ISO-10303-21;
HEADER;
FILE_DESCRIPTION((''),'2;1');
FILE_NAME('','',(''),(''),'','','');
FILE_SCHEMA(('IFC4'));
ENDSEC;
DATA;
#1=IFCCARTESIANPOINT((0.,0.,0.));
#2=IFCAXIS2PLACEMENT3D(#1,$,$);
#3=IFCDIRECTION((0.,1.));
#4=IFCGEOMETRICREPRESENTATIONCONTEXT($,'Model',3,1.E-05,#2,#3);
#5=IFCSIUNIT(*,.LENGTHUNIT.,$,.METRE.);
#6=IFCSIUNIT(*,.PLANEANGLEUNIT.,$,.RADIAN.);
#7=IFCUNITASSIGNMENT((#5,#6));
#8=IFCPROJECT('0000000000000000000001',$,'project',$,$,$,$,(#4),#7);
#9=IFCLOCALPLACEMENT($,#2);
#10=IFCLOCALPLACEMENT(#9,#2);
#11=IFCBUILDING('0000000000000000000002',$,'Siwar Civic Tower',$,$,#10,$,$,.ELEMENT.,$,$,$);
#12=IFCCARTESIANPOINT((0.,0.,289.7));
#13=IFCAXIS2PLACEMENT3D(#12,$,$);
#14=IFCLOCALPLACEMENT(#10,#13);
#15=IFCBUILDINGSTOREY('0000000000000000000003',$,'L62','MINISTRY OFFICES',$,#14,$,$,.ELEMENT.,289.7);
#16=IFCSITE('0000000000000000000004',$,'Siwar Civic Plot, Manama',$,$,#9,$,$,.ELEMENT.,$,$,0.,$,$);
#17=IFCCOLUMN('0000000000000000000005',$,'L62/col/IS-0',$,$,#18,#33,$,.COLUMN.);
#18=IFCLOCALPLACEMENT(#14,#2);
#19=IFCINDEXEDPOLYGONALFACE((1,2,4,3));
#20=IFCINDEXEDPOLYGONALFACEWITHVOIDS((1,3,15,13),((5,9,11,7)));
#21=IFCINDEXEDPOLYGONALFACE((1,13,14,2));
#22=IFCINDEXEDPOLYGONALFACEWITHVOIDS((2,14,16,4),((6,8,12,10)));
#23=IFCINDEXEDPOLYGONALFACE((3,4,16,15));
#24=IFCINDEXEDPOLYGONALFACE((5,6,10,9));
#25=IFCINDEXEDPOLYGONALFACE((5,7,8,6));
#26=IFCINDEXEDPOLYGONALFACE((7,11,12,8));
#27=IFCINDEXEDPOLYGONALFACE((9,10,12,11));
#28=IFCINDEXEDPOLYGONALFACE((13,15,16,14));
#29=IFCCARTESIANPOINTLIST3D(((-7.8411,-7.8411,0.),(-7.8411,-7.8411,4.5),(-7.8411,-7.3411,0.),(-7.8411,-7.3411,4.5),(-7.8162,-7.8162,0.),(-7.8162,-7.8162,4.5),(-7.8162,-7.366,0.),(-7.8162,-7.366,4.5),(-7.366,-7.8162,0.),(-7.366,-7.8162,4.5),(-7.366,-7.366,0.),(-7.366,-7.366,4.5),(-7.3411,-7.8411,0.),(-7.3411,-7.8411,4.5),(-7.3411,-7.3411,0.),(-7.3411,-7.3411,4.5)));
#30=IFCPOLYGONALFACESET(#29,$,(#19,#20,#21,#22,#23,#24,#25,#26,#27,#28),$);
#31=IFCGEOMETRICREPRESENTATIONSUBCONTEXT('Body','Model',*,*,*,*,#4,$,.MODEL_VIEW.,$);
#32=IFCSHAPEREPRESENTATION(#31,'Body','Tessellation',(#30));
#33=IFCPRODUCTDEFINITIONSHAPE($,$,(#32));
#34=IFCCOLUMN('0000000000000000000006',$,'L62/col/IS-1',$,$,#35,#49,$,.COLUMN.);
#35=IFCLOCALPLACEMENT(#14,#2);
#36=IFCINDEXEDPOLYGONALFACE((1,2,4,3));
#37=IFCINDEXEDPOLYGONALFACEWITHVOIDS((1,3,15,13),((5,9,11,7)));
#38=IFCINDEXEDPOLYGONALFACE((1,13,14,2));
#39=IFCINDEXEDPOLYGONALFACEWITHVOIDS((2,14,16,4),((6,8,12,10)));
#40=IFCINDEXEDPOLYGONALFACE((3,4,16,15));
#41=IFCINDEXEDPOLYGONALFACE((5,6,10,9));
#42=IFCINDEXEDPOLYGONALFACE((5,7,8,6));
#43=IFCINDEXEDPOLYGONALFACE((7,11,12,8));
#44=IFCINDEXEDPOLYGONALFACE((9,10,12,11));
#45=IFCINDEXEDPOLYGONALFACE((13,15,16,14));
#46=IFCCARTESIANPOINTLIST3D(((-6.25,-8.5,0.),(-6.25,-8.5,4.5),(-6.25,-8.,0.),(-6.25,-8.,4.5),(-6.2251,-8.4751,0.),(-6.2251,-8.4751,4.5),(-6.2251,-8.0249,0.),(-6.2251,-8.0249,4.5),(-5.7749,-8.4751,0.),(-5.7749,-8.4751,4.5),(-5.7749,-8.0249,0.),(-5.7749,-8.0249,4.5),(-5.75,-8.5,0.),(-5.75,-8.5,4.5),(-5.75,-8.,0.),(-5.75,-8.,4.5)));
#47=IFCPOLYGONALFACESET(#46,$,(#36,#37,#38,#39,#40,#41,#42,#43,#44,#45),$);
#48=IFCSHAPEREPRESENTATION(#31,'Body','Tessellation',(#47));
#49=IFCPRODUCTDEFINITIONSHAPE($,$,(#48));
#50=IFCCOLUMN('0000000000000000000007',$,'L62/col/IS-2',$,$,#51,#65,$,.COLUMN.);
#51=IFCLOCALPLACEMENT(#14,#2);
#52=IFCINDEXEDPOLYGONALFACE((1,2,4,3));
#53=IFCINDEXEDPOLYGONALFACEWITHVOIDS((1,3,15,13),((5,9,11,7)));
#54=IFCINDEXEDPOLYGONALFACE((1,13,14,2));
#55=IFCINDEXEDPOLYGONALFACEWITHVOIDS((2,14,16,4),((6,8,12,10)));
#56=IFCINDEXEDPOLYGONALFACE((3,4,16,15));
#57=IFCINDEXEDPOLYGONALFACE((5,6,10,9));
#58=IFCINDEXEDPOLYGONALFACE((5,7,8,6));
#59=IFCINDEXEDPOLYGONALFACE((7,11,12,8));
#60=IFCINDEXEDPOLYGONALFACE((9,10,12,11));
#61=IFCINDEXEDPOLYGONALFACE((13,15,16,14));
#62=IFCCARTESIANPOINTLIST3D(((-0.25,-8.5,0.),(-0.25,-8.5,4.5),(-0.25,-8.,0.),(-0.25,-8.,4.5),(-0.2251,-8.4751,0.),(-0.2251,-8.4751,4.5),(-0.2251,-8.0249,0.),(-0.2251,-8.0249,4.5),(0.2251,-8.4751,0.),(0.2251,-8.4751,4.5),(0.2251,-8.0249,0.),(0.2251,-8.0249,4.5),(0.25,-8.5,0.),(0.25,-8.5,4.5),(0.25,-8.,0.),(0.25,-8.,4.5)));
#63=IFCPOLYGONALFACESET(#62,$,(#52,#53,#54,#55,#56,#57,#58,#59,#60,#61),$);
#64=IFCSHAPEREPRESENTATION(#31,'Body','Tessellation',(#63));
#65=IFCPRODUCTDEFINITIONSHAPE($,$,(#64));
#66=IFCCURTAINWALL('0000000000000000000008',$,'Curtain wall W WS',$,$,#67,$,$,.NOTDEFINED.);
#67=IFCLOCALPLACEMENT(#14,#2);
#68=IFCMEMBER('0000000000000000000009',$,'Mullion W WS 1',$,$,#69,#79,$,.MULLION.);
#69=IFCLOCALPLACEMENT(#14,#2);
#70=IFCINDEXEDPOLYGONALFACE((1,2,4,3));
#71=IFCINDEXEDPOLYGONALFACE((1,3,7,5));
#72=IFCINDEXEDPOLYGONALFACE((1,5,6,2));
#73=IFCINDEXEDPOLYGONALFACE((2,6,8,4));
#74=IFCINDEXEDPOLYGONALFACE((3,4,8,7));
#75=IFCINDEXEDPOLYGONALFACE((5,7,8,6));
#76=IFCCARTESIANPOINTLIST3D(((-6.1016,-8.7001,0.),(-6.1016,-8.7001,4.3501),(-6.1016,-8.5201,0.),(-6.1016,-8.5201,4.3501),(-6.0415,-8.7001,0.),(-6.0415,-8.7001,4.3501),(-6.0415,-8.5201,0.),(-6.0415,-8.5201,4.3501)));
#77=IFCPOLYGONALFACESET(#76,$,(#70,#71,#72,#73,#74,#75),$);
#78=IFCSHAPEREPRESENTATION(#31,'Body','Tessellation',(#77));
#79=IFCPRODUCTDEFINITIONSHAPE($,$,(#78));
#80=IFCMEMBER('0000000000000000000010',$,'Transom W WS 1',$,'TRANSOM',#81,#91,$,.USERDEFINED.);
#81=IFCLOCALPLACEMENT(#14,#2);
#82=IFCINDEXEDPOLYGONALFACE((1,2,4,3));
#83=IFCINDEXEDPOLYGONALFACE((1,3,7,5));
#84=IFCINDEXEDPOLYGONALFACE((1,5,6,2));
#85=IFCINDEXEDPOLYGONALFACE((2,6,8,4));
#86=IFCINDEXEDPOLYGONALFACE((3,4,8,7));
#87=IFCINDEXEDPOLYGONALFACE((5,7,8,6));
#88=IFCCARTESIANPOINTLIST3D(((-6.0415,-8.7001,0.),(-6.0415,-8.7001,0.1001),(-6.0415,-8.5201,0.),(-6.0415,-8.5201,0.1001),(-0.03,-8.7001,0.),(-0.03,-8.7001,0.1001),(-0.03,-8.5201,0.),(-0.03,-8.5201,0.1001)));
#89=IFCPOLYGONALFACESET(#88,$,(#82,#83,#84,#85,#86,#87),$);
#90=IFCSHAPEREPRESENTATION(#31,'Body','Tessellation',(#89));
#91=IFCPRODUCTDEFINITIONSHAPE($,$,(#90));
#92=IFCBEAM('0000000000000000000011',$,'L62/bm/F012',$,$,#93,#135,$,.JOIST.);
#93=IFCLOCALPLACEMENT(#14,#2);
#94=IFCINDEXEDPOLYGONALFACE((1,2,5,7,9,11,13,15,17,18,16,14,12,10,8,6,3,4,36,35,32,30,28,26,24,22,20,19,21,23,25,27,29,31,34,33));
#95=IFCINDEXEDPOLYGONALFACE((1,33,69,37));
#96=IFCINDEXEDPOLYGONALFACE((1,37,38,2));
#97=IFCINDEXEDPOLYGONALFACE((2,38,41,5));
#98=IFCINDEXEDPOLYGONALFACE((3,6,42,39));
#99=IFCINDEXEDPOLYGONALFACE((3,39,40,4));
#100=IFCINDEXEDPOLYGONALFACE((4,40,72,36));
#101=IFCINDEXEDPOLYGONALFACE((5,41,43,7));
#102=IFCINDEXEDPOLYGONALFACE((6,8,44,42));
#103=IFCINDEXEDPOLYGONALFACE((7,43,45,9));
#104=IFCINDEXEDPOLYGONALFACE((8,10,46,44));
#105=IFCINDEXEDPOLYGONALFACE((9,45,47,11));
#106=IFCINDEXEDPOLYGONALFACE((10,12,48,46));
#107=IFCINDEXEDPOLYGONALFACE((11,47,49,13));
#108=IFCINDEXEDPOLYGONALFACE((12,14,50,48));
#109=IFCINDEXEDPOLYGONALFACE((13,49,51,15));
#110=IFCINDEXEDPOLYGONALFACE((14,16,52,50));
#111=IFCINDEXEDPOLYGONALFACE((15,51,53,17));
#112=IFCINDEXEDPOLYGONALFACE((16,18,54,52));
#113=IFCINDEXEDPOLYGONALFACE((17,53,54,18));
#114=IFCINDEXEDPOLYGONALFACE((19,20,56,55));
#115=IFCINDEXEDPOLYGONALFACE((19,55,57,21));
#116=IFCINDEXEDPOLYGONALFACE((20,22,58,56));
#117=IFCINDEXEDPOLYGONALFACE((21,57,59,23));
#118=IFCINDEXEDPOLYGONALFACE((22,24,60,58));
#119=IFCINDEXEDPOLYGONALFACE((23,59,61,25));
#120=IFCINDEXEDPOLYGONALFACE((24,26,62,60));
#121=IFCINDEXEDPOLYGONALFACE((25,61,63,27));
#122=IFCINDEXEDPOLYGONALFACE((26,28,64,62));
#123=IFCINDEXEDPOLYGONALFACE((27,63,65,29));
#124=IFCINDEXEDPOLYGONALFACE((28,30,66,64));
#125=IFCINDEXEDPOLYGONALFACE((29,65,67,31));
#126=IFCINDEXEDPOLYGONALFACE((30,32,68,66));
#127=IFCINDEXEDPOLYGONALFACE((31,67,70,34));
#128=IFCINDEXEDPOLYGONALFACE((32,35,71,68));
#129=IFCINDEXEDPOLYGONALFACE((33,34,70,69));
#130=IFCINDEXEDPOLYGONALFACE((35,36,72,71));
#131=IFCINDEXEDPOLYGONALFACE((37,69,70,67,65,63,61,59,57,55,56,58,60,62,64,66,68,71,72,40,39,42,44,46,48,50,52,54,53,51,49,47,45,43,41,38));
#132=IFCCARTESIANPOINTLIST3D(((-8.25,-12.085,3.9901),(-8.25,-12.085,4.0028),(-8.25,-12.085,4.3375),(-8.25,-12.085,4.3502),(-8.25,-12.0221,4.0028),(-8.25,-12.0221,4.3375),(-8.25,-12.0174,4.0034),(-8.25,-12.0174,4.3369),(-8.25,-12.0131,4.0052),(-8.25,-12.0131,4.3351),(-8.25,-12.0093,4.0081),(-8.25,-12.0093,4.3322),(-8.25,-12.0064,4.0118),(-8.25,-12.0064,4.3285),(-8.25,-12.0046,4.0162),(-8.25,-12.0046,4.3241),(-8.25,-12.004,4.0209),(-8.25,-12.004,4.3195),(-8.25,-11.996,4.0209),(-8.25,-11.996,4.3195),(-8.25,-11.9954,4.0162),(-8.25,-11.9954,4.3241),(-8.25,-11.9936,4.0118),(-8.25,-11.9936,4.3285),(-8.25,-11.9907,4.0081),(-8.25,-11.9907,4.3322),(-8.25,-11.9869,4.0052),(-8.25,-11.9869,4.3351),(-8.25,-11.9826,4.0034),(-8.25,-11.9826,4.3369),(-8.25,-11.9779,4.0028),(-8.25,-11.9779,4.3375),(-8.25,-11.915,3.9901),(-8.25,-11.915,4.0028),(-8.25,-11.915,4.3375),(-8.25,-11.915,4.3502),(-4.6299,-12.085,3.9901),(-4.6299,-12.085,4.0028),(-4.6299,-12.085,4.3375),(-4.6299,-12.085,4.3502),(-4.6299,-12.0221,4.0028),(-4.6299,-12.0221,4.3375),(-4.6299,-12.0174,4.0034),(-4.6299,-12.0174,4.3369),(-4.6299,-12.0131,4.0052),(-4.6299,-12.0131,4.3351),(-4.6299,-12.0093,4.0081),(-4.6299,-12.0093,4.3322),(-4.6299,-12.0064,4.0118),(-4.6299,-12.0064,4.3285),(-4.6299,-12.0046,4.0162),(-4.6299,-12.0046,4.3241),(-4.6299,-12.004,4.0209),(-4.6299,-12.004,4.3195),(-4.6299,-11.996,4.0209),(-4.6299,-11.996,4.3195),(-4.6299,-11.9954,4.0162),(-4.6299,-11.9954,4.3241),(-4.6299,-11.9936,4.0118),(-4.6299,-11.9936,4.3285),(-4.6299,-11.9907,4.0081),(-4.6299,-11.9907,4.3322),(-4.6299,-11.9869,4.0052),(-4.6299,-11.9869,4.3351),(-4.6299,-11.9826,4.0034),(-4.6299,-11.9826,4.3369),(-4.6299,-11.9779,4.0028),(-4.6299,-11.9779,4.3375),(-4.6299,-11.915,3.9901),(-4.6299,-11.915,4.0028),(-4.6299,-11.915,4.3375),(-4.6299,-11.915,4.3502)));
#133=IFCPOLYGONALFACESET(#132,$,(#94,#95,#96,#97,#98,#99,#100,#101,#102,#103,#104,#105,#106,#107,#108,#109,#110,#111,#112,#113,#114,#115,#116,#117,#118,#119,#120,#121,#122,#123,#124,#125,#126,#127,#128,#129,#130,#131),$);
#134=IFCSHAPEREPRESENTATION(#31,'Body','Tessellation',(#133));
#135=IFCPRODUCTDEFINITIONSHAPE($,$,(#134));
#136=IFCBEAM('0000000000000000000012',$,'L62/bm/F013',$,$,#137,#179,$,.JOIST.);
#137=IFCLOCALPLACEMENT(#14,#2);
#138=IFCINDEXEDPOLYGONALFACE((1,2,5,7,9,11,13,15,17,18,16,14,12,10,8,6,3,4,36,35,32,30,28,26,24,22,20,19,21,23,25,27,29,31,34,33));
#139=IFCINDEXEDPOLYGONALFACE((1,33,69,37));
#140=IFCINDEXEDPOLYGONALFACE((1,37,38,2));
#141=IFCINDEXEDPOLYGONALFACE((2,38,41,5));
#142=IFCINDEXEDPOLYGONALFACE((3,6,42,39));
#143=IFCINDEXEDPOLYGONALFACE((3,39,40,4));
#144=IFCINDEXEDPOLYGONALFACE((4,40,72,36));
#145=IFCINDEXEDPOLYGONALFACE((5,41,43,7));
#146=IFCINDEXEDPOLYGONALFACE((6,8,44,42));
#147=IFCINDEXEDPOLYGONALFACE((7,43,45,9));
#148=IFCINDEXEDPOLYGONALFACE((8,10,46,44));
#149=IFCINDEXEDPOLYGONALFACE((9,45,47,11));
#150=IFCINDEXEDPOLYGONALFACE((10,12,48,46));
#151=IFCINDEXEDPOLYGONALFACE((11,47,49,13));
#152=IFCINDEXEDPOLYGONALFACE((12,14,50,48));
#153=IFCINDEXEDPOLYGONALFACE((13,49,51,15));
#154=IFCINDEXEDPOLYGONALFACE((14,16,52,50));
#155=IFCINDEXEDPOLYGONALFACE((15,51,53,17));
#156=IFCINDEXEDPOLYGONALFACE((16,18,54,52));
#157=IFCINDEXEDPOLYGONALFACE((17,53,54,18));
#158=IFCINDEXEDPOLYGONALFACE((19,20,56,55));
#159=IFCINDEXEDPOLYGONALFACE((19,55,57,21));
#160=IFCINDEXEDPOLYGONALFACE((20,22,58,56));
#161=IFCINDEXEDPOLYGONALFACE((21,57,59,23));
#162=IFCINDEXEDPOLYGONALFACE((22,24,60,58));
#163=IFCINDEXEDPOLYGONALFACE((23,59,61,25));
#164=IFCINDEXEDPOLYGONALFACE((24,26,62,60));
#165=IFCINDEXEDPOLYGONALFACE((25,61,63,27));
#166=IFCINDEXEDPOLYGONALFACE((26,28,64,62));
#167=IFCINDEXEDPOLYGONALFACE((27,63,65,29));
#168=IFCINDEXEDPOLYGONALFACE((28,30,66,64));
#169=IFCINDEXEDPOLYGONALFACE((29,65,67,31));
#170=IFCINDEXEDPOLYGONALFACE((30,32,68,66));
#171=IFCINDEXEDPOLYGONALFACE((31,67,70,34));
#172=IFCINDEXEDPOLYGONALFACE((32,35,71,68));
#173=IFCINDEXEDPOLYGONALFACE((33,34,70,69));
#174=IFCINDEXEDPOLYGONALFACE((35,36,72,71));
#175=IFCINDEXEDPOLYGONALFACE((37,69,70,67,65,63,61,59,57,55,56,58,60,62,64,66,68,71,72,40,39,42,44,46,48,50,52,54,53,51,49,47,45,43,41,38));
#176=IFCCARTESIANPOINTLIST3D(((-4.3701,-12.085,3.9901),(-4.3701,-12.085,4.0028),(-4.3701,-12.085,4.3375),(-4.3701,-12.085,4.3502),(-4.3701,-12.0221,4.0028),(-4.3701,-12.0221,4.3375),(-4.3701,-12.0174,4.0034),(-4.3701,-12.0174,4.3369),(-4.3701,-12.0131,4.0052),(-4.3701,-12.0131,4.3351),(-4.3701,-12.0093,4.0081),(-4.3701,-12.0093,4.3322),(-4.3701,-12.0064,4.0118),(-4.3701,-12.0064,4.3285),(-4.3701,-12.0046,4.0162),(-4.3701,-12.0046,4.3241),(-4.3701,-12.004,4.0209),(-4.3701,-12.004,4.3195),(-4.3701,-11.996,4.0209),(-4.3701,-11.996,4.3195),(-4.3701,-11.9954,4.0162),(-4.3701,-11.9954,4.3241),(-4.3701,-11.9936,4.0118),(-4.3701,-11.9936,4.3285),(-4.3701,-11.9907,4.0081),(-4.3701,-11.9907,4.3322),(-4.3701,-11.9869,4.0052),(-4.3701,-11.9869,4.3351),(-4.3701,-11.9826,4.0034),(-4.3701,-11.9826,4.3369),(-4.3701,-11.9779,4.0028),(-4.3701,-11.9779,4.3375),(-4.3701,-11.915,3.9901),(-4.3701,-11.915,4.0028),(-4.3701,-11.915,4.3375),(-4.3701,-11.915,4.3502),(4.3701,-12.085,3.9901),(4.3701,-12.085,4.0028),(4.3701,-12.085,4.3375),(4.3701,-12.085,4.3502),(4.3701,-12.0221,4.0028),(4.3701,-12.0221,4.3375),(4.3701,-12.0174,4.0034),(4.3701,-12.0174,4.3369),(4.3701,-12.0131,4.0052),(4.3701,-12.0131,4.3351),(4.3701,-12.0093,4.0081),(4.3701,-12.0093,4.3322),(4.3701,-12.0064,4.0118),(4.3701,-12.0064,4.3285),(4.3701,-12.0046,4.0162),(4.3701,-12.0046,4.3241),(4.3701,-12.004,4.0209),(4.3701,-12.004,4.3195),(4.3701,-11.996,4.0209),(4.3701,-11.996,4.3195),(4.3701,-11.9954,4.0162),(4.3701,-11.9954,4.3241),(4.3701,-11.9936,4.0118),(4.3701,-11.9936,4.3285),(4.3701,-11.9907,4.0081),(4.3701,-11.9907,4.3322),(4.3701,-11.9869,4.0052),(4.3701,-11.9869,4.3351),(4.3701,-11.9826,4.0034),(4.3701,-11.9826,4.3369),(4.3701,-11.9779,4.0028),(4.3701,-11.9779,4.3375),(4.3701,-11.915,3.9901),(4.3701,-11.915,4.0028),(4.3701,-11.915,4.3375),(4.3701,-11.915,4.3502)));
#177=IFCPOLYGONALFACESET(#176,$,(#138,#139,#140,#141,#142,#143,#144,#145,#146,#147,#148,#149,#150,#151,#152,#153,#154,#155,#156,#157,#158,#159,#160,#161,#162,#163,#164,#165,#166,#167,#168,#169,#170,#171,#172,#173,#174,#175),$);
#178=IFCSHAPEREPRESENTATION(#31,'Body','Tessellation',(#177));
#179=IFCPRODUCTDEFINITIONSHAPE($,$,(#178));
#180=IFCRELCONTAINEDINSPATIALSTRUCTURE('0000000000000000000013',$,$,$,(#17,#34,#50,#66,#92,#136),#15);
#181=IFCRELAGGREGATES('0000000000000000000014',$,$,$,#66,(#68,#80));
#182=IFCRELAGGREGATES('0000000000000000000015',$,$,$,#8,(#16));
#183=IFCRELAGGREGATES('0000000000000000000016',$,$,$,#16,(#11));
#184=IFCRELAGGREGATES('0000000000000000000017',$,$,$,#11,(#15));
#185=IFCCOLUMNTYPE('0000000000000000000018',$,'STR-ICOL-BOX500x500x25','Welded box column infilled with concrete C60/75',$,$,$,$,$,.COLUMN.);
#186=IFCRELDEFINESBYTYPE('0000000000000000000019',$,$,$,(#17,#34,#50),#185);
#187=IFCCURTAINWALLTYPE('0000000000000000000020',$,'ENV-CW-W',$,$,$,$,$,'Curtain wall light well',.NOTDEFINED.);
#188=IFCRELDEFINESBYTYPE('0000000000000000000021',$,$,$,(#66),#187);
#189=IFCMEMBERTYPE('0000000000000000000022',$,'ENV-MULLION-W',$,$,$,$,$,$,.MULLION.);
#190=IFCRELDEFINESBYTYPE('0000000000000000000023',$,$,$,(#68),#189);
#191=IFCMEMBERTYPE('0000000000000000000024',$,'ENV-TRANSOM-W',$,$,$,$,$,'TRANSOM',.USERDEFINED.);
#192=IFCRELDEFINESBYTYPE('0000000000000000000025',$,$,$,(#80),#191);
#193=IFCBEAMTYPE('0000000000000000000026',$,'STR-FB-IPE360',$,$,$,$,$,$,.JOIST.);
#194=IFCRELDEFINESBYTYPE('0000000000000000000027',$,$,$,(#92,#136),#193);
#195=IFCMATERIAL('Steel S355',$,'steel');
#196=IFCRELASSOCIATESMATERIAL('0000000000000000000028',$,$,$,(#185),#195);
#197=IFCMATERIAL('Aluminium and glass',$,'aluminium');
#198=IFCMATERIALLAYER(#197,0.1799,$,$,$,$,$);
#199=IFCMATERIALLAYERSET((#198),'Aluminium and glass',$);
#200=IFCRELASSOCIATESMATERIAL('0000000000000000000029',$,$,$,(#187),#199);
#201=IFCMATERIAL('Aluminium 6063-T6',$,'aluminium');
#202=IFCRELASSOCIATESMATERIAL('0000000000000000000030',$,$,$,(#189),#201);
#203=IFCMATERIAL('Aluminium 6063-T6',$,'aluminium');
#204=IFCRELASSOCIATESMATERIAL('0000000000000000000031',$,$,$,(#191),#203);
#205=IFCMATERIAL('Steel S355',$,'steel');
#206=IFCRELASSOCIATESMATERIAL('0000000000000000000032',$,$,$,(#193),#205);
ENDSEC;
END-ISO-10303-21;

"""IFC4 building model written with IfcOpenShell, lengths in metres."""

from ifc_helpers import new_model, si_unit, direction, frame, origin, origin_2d, place, context, subcontext, project, spatial, rectangle, hollow_rectangle, i_section, extrude, material, layer, layer_set, material_profile, profile_set, type_object, element, aggregate, save


model = new_model("IFC4")

# Units and contexts
model_context = context("Model", 3, precision=1e-05, world=origin(), true_north=direction((0.0, 1.0)))
body_context = subcontext(model_context, "Body", "Model", "MODEL_VIEW")
ifc_project = project(units=[si_unit("LENGTHUNIT", "METRE"), si_unit("PLANEANGLEUNIT", "RADIAN")], contexts=[model_context])

# Site, building, storey
site_placement = place(None, origin())
site = spatial("IfcSite", under=ifc_project, at=site_placement, Name="Siwar Civic Plot, Manama", CompositionType="ELEMENT", RefElevation=0.0)
building_placement = place(site_placement, origin())
building = spatial("IfcBuilding", under=site, at=building_placement, Name="Siwar Civic Tower", CompositionType="ELEMENT")
storey_placement = place(building_placement, frame((0.0, 0.0, 289.7)))
storey = spatial("IfcBuildingStorey", under=building, at=storey_placement, Name="L62", Description="MINISTRY OFFICES", CompositionType="ELEMENT", Elevation=289.7)

# Columns
ifc_material_1 = material(Name="Steel S355", Category="steel")
ifc_material_profile_1 = material_profile(ifc_material_1, hollow_rectangle(XDim=0.5, YDim=0.5, WallThickness=0.0249, at=origin_2d()), Name="BOX500x500x25")
ifc_profile_set_1 = profile_set([ifc_material_profile_1], Name="Steel S355")
column_type = type_object("IfcColumnType", Name="STR-ICOL-BOX500x500x25", Description="Welded box column infilled with concrete C60/75", PredefinedType="COLUMN", material=ifc_profile_set_1)
for number, where, z_axis, x_axis, name in (
    (1, (-7.5911, -7.5911, 0.0), (0.0, 0.0, 1.0), (1.0, 0.0, 0.0), "L62/col/IS-0"),
    (2, (-6.0, -8.25, 0.0), (0.0, 0.0, 1.0), (1.0, 0.0, 0.0), "L62/col/IS-1"),
    (3, (0.0, -8.25, 0.0), (0.0, 0.0, 1.0), (1.0, 0.0, 0.0), "L62/col/IS-2"),
):
    element("IfcColumn", number, at=place(storey_placement, frame(where, z_axis=z_axis, x_axis=x_axis)), inside=storey, type_object=column_type, Name=name, PredefinedType="COLUMN", context=body_context, shape_type="SweptSolid", body=[
        extrude(hollow_rectangle(XDim=0.5, YDim=0.5, WallThickness=0.0249, at=origin_2d()), origin(), (0.0, 0.0, 1.0), 4.5),
    ])

# Curtain wall, members
ifc_material_2 = material(Name="Aluminium and glass", Category="aluminium")
ifc_layer_1 = layer(ifc_material_2, 0.1799)
ifc_layer_set_1 = layer_set([ifc_layer_1], Name="Aluminium and glass")
curtain_wall_type = type_object("IfcCurtainWallType", Name="ENV-CW-W", ElementType="Curtain wall light well", PredefinedType="NOTDEFINED", material=ifc_layer_set_1)
curtain_wall_placement = place(storey_placement, origin())
curtain_wall = element("IfcCurtainWall", 4, at=curtain_wall_placement, inside=storey, type_object=curtain_wall_type, Name="Curtain wall W WS", PredefinedType="NOTDEFINED")
ifc_material_3 = material(Name="Aluminium 6063-T6", Category="aluminium")
ifc_material_profile_2 = material_profile(ifc_material_3, rectangle(XDim=0.1799, YDim=0.0601, at=origin_2d()), Name="AL 180x60")
ifc_profile_set_2 = profile_set([ifc_material_profile_2], Name="Aluminium 6063-T6")
member_type_1 = type_object("IfcMemberType", Name="ENV-MULLION-W", PredefinedType="MULLION", material=ifc_profile_set_2)
member_1_placement = place(storey_placement, frame((-6.0715, -8.6101, 0.0), z_axis=(0.0, 0.0, 1.0), x_axis=(0.0, 1.0, 0.0)))
member_1 = element("IfcMember", 5, at=member_1_placement, type_object=member_type_1, Name="Mullion W WS 1", PredefinedType="MULLION", context=body_context, shape_type="SweptSolid", body=[
    extrude(rectangle(XDim=0.1799, YDim=0.0601, at=origin_2d()), origin(), (0.0, 0.0, 1.0), 4.3501),
])
ifc_material_4 = material(Name="Aluminium 6063-T6", Category="aluminium")
ifc_material_profile_3 = material_profile(ifc_material_4, rectangle(XDim=0.1799, YDim=0.1001, at=origin_2d()), Name="AL 180x100")
ifc_profile_set_3 = profile_set([ifc_material_profile_3], Name="Aluminium 6063-T6")
member_type_2 = type_object("IfcMemberType", Name="ENV-TRANSOM-W", ElementType="TRANSOM", PredefinedType="USERDEFINED", material=ifc_profile_set_3)
member_2_placement = place(storey_placement, frame((-6.0415, -8.6101, 0.05), z_axis=(1.0, 0.0, 0.0), x_axis=(0.0, 1.0, 0.0)))
member_2 = element("IfcMember", 6, at=member_2_placement, type_object=member_type_2, Name="Transom W WS 1", ObjectType="TRANSOM", PredefinedType="USERDEFINED", context=body_context, shape_type="SweptSolid", body=[
    extrude(rectangle(XDim=0.1799, YDim=0.1001, at=origin_2d()), origin(), (0.0, 0.0, 1.0), 6.0115),
])

# Beams
ifc_material_5 = material(Name="Steel S355", Category="steel")
ifc_material_profile_4 = material_profile(ifc_material_5, i_section(OverallWidth=0.1699, OverallDepth=0.3601, WebThickness=0.0081, FlangeThickness=0.0127, FilletRadius=0.0181, at=origin_2d()), Name="IPE360")
ifc_profile_set_4 = profile_set([ifc_material_profile_4], Name="Steel S355")
beam_type_1 = type_object("IfcBeamType", Name="STR-FB-IPE360", PredefinedType="JOIST", material=ifc_profile_set_4)
beam_1_placement = place(storey_placement, frame((-8.25, -12.0, 4.1702), z_axis=(1.0, 0.0, 0.0), x_axis=(0.0, 1.0, 0.0)))
element("IfcBeam", 7, at=beam_1_placement, inside=storey, type_object=beam_type_1, Name="L62/bm/F012", PredefinedType="JOIST", context=body_context, shape_type="SweptSolid", body=[
    extrude(i_section(OverallWidth=0.1699, OverallDepth=0.3601, WebThickness=0.0081, FlangeThickness=0.0127, FilletRadius=0.0181, at=origin_2d()), origin(), (0.0, 0.0, 1.0), 3.6201),
])
beam_2_placement = place(storey_placement, frame((-4.3701, -12.0, 4.1702), z_axis=(1.0, 0.0, 0.0), x_axis=(0.0, 1.0, 0.0)))
element("IfcBeam", 8, at=beam_2_placement, inside=storey, type_object=beam_type_1, Name="L62/bm/F013", PredefinedType="JOIST", context=body_context, shape_type="SweptSolid", body=[
    extrude(i_section(OverallWidth=0.1699, OverallDepth=0.3601, WebThickness=0.0081, FlangeThickness=0.0127, FilletRadius=0.0181, at=origin_2d()), origin(), (0.0, 0.0, 1.0), 8.7402),
])

aggregate(curtain_wall, [member_1, member_2])

save(model, "model.ifc")
